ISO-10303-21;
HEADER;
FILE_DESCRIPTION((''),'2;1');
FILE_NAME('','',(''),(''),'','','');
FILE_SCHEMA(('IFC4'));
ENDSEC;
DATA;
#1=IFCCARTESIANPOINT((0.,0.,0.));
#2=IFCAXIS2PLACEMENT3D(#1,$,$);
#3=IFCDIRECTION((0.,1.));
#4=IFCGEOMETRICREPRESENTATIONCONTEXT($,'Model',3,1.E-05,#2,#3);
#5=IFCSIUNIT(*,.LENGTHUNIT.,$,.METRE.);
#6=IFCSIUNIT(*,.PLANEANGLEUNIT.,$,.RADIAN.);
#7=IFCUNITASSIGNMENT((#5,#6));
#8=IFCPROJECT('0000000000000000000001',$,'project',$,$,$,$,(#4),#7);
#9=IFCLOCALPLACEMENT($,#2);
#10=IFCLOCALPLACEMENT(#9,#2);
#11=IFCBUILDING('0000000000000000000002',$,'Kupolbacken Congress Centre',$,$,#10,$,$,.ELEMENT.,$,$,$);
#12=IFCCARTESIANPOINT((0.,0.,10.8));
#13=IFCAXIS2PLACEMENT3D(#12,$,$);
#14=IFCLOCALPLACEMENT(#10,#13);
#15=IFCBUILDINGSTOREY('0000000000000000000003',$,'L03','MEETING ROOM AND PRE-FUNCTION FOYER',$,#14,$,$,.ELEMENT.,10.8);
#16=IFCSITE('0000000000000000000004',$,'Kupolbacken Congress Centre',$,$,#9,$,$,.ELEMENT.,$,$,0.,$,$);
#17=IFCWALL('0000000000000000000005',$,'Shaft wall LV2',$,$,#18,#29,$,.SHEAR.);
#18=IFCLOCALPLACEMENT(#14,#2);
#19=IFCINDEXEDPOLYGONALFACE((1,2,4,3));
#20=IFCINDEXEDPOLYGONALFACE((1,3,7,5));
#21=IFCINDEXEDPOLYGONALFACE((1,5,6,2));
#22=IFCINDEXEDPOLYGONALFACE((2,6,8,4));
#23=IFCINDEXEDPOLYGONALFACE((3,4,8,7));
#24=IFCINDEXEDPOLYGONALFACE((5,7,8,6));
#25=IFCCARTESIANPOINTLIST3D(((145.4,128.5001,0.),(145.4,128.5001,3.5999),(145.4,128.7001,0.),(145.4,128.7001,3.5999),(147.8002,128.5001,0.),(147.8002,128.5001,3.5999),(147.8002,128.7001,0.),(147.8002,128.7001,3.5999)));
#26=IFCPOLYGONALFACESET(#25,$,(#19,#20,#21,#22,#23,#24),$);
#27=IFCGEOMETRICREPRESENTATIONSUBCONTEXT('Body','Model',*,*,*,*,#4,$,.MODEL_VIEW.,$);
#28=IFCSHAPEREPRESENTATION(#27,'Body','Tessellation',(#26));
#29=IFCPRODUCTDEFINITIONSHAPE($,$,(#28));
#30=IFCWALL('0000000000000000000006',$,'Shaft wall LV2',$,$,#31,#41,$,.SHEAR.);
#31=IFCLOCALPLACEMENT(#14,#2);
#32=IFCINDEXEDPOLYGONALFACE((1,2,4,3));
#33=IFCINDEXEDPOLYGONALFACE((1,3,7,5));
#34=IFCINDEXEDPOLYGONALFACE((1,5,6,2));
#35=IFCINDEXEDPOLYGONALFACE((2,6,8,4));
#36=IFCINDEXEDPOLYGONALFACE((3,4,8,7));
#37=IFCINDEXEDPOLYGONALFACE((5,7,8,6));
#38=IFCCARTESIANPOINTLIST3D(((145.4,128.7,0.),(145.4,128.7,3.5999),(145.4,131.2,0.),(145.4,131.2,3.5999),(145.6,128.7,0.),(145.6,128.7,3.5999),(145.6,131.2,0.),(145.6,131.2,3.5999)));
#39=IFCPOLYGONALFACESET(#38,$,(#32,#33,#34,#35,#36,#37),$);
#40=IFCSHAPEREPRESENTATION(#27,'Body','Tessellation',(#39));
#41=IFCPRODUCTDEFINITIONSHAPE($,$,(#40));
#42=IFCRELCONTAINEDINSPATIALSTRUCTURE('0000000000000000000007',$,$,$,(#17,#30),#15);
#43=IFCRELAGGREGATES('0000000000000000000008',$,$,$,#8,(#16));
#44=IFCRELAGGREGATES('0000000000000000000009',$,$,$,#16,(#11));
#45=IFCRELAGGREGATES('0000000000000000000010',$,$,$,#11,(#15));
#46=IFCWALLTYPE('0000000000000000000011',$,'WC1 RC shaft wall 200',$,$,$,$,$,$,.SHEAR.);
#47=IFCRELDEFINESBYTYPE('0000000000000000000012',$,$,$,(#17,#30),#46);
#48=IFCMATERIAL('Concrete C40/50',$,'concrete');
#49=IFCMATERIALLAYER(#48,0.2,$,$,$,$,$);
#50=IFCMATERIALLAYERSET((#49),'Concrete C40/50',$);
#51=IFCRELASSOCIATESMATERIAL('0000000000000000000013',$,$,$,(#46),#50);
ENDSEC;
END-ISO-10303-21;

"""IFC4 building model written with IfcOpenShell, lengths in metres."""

from ifc_helpers import new_model, si_unit, direction, frame, frame_2d, origin, place, context, subcontext, project, spatial, rectangle, extrude, material, layer, layer_set, type_object, element, save


model = new_model("IFC4")

# Units and contexts
model_context = context("Model", 3, precision=1e-05, world=origin(), true_north=direction((0.0, 1.0)))
body_context = subcontext(model_context, "Body", "Model", "MODEL_VIEW")
ifc_project = project(units=[si_unit("LENGTHUNIT", "METRE"), si_unit("PLANEANGLEUNIT", "RADIAN")], contexts=[model_context])

# Site, building, storey
site_placement = place(None, origin())
site = spatial("IfcSite", under=ifc_project, at=site_placement, Name="Kupolbacken Congress Centre", CompositionType="ELEMENT", RefElevation=0.0)
building_placement = place(site_placement, origin())
building = spatial("IfcBuilding", under=site, at=building_placement, Name="Kupolbacken Congress Centre", CompositionType="ELEMENT")
storey_placement = place(building_placement, frame((0.0, 0.0, 10.8)))
storey = spatial("IfcBuildingStorey", under=building, at=storey_placement, Name="L03", Description="MEETING ROOM AND PRE-FUNCTION FOYER", CompositionType="ELEMENT", Elevation=10.8)

# Walls
ifc_material_1 = material(Name="Concrete C40/50", Category="concrete")
ifc_layer_1 = layer(ifc_material_1, 0.2)
ifc_layer_set_1 = layer_set([ifc_layer_1], Name="Concrete C40/50")
wall_type = type_object("IfcWallType", Name="WC1 RC shaft wall 200", PredefinedType="SHEAR", material=ifc_layer_set_1)
wall_1_placement = place(storey_placement, frame((145.3999, 128.6001, 0.0), z_axis=(0.0, 0.0, 1.0), x_axis=(1.0, 0.0, 0.0)))
element("IfcWall", 1, at=wall_1_placement, inside=storey, type_object=wall_type, Name="Shaft wall LV2", PredefinedType="SHEAR", context=body_context, shape_type="SweptSolid", body=[
    extrude(rectangle(XDim=2.4001, YDim=0.2, at=frame_2d((1.2002, 0.0))), origin(), (0.0, 0.0, 1.0), 3.5999),
])
wall_2_placement = place(storey_placement, frame((145.5, 128.7, 0.0), z_axis=(0.0, 0.0, 1.0), x_axis=(0.0, 1.0, 0.0)))
element("IfcWall", 2, at=wall_2_placement, inside=storey, type_object=wall_type, Name="Shaft wall LV2", PredefinedType="SHEAR", context=body_context, shape_type="SweptSolid", body=[
    extrude(rectangle(XDim=2.5, YDim=0.2, at=frame_2d((1.25, 0.0))), origin(), (0.0, 0.0, 1.0), 3.5999),
])

save(model, "model.ifc")
